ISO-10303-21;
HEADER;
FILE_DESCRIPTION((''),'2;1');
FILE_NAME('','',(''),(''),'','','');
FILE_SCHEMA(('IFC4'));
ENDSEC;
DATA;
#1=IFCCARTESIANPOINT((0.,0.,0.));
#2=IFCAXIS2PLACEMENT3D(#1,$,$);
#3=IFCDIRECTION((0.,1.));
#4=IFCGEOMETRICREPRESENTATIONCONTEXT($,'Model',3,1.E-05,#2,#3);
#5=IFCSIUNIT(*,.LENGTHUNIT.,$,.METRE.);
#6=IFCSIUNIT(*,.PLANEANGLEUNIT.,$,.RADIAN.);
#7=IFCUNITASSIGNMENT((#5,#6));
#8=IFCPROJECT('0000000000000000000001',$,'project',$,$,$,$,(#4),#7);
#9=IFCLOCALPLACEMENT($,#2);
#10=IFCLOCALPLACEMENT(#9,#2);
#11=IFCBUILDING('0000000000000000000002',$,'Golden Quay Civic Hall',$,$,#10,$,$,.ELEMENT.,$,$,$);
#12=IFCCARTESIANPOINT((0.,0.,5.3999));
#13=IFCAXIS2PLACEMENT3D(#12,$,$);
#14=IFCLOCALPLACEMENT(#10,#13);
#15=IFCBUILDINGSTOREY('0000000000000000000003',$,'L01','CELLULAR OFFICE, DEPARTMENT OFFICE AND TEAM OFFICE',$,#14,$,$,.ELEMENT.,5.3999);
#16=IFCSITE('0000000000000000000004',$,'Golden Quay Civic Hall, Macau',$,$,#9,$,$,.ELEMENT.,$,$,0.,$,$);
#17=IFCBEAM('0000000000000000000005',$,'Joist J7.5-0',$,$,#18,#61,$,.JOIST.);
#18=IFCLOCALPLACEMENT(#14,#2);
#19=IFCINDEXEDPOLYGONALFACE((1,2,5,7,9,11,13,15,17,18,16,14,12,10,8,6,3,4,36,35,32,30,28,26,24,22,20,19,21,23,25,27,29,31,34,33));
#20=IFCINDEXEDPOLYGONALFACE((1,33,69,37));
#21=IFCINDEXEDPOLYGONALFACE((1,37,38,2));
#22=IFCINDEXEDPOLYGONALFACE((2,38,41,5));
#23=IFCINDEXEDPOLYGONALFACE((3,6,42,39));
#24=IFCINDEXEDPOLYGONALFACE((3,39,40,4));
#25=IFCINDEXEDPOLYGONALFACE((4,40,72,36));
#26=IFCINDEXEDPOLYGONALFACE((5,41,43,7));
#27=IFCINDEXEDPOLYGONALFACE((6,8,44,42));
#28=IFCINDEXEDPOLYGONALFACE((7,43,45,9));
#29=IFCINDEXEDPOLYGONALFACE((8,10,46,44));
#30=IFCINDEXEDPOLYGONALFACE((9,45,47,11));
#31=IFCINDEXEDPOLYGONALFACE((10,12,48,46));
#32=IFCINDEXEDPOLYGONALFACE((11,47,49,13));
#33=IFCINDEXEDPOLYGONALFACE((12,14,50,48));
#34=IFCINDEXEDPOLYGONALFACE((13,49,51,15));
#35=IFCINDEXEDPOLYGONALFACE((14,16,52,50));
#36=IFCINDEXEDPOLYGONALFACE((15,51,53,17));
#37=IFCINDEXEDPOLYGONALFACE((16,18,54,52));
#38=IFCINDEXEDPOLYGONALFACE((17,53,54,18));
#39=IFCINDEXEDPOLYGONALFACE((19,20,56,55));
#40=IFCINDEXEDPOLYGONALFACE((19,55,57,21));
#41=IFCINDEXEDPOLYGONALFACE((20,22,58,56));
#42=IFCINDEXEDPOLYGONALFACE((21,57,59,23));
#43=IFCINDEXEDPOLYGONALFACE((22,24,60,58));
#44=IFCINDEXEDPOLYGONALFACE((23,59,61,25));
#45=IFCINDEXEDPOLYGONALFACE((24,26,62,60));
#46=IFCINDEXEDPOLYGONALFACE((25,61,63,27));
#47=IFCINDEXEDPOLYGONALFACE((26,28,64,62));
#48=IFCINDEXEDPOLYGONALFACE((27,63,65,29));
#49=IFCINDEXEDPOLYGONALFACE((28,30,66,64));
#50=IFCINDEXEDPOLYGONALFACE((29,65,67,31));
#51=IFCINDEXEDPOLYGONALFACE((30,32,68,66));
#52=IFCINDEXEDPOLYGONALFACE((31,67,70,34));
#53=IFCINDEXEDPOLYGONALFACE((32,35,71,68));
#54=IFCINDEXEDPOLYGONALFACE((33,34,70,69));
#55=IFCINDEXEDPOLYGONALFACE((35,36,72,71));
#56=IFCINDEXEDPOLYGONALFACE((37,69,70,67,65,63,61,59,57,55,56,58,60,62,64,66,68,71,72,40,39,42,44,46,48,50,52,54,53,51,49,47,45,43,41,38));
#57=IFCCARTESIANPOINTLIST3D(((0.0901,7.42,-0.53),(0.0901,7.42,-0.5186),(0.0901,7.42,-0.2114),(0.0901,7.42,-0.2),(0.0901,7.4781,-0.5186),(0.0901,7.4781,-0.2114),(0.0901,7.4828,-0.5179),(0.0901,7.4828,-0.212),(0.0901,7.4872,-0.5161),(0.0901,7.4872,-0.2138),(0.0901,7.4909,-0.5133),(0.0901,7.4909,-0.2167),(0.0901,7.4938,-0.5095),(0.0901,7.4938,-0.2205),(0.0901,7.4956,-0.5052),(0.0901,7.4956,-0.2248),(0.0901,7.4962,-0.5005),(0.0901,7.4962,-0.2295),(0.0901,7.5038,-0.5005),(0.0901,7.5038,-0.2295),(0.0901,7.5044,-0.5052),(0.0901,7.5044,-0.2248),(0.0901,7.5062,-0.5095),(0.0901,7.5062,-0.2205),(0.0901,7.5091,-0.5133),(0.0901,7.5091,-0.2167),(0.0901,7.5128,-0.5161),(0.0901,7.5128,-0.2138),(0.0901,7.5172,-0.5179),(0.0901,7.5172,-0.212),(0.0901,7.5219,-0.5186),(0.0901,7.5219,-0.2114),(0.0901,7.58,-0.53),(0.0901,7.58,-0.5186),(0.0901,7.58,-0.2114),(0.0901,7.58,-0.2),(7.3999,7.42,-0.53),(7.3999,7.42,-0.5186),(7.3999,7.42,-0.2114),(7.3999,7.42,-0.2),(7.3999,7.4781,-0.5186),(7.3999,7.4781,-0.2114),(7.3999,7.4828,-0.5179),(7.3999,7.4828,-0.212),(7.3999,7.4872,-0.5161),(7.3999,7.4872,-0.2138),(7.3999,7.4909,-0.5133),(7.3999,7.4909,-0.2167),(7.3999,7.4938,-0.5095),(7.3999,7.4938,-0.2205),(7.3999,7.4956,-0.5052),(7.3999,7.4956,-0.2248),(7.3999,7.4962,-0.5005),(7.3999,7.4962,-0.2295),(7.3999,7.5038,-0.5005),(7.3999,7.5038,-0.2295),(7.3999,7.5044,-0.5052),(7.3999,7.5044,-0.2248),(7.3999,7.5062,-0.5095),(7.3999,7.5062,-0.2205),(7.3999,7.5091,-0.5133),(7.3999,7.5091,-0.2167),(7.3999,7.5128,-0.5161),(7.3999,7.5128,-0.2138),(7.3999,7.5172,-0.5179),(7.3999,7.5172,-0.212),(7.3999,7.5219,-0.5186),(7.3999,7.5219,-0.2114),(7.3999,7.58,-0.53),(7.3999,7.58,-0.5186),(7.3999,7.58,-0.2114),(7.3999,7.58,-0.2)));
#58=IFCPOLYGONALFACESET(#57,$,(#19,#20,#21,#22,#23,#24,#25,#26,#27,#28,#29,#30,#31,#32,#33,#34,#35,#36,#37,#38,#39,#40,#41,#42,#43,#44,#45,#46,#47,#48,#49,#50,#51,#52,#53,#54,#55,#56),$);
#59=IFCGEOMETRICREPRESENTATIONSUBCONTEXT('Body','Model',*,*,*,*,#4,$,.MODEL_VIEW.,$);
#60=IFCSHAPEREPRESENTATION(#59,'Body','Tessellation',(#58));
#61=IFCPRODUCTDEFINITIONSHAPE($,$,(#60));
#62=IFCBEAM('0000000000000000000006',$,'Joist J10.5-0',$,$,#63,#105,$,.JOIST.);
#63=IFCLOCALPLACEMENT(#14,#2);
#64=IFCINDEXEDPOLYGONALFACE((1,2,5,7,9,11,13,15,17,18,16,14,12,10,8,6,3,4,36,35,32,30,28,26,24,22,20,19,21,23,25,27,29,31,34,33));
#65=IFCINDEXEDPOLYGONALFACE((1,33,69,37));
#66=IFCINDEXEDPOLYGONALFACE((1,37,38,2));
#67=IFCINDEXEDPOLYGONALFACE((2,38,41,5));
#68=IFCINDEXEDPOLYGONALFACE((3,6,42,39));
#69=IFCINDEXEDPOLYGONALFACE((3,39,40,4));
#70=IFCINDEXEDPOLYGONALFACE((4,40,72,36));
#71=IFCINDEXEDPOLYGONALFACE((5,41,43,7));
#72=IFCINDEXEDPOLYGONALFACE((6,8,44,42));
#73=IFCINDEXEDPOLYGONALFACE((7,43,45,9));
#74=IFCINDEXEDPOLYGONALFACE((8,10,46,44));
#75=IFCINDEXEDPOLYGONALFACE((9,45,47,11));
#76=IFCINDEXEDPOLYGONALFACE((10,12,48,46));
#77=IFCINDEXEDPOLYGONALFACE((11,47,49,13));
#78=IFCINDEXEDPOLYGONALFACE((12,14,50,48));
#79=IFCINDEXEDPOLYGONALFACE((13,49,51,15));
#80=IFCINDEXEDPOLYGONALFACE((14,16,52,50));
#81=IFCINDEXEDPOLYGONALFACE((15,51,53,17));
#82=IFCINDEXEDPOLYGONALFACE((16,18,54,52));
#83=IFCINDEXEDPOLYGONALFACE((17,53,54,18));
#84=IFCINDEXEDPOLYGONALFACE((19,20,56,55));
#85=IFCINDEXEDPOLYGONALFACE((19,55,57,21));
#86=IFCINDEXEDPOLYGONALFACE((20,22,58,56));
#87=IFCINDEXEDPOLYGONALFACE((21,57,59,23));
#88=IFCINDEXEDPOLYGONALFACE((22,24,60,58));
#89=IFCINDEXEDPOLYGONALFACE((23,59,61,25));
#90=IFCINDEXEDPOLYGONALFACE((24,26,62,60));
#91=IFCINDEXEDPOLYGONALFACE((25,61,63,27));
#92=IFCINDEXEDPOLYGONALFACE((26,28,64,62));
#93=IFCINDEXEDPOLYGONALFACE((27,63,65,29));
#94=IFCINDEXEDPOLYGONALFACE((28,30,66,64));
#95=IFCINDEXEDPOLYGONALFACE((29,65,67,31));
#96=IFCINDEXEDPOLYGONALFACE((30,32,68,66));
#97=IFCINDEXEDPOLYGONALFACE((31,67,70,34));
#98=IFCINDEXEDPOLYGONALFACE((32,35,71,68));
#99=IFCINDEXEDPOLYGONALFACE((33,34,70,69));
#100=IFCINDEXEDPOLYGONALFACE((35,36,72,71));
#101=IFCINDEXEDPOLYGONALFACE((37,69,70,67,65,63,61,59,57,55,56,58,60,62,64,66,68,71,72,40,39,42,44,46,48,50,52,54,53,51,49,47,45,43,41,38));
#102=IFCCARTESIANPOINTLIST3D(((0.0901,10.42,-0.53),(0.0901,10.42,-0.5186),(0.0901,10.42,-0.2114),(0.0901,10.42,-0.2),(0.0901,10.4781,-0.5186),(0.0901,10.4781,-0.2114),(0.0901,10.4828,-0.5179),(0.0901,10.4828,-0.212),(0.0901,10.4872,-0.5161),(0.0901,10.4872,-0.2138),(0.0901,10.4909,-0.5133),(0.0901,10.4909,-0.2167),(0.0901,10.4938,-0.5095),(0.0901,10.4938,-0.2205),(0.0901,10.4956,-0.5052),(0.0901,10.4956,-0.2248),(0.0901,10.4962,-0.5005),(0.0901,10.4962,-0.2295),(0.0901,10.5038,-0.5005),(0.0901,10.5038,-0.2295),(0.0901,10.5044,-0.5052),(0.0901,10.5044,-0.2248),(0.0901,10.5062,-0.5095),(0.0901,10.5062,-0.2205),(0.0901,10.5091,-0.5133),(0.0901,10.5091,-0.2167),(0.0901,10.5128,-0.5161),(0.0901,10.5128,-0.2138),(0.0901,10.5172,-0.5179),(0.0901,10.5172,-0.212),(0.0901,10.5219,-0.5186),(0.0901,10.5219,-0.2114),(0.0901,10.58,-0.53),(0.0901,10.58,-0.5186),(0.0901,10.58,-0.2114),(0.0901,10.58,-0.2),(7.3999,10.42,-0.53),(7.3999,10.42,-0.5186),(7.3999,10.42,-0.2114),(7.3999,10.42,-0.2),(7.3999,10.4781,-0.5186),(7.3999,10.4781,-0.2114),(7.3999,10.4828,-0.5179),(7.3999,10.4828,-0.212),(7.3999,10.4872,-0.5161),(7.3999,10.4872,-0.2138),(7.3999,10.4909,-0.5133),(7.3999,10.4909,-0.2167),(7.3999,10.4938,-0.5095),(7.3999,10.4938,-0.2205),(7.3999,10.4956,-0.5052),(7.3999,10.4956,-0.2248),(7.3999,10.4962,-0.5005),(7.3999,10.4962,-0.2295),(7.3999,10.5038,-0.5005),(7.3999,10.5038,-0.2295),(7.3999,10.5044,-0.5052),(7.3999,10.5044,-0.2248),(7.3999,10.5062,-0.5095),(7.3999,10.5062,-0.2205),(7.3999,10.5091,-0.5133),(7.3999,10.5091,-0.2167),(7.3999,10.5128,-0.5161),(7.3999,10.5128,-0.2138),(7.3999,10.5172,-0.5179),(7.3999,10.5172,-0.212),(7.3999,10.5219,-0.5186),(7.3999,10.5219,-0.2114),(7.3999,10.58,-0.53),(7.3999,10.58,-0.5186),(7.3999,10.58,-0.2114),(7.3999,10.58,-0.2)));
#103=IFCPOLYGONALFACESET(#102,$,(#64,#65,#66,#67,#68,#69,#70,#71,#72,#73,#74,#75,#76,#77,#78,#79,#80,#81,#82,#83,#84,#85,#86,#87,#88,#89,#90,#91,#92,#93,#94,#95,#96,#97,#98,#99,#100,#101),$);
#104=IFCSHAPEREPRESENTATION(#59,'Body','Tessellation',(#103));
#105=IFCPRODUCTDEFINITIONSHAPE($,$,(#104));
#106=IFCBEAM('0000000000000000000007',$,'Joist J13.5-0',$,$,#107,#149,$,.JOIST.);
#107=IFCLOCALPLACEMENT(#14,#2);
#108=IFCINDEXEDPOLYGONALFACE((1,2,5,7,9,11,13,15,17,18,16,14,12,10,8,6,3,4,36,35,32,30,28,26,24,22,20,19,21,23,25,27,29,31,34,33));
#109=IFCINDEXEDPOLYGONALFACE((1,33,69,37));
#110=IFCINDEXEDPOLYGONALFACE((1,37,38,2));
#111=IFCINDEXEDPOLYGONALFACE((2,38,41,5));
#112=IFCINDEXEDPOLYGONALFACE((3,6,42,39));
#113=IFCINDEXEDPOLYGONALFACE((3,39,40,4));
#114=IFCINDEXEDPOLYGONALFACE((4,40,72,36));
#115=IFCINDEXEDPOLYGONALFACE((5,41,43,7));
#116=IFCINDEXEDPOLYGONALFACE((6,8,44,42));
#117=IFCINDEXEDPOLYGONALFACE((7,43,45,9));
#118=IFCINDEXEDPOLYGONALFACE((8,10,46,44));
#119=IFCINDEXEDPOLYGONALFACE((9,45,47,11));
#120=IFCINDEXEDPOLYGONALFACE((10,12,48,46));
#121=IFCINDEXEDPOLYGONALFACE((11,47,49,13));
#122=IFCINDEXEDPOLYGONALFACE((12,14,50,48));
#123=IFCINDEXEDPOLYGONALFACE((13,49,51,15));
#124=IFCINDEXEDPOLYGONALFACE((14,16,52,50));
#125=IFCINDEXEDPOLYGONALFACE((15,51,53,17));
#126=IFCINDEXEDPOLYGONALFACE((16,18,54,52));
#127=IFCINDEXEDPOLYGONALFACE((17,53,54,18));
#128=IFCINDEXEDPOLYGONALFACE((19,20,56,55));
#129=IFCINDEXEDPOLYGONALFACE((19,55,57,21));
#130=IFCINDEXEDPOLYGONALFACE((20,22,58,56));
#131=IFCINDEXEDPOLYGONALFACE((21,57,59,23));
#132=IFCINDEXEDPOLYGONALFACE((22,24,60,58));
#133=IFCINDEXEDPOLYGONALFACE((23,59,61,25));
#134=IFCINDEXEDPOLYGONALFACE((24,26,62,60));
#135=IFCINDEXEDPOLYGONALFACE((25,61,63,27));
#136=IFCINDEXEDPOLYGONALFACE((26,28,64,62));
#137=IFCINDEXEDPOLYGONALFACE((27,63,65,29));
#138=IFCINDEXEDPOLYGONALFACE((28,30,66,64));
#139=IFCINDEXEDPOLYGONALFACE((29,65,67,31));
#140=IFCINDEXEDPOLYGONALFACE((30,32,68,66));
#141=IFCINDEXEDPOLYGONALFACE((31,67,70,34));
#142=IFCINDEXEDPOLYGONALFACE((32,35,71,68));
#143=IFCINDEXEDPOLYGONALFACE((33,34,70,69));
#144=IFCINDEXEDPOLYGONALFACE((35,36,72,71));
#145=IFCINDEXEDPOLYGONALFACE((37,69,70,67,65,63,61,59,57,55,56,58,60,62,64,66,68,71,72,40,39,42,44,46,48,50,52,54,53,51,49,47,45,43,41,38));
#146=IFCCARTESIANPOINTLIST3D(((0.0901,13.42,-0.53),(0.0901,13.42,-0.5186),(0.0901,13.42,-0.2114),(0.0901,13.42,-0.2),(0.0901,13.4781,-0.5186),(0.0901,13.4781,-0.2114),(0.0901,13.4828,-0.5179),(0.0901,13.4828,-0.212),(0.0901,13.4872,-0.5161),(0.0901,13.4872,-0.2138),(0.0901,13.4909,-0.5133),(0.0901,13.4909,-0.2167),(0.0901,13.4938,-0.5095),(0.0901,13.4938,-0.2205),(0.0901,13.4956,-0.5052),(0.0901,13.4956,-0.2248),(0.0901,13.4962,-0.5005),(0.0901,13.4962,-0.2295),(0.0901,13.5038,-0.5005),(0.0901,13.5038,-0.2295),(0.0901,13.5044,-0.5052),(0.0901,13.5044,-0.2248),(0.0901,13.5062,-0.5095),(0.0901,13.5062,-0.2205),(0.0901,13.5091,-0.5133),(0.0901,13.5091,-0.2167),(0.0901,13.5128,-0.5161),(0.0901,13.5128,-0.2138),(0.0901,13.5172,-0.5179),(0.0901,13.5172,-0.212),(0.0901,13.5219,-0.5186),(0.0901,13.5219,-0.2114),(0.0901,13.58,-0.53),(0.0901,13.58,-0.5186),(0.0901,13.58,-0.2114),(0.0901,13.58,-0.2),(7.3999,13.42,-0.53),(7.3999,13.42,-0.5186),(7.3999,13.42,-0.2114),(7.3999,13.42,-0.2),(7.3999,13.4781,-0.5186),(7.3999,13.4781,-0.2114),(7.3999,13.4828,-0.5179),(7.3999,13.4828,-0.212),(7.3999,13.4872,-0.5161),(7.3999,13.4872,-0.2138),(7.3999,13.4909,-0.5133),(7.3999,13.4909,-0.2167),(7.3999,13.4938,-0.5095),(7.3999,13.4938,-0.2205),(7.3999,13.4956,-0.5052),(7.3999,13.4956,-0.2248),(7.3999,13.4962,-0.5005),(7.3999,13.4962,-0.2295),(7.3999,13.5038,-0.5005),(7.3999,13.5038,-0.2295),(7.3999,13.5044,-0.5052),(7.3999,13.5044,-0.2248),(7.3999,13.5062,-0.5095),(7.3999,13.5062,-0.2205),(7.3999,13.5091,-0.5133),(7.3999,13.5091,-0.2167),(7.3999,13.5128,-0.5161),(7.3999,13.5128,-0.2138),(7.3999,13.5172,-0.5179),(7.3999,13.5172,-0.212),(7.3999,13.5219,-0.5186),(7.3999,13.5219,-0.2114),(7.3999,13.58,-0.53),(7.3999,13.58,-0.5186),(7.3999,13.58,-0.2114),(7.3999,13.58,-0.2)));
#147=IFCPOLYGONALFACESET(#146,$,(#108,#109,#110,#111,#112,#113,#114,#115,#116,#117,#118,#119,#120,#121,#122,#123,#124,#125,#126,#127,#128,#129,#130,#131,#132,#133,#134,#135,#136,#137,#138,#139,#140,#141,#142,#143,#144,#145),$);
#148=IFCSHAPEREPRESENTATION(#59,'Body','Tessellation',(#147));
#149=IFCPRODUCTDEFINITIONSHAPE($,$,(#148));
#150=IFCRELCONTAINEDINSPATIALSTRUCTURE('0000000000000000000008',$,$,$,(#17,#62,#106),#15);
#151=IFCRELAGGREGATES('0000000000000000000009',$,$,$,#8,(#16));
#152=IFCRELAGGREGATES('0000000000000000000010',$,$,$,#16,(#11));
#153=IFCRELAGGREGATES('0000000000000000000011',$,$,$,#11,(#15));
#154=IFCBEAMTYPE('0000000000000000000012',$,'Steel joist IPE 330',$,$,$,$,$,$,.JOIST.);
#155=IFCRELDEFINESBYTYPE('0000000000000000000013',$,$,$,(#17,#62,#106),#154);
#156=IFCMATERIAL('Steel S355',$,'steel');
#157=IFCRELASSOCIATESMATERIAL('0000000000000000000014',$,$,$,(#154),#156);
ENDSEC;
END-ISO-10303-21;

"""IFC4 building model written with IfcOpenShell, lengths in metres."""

from ifc_helpers import new_model, si_unit, direction, frame, origin, origin_2d, place, context, subcontext, project, spatial, i_section, extrude, material, material_profile, profile_set, type_object, element, save


model = new_model("IFC4")

# Units and contexts
model_context = context("Model", 3, precision=1e-05, world=origin(), true_north=direction((0.0, 1.0)))
body_context = subcontext(model_context, "Body", "Model", "MODEL_VIEW")
ifc_project = project(units=[si_unit("LENGTHUNIT", "METRE"), si_unit("PLANEANGLEUNIT", "RADIAN")], contexts=[model_context])

# Site, building, storey
site_placement = place(None, origin())
site = spatial("IfcSite", under=ifc_project, at=site_placement, Name="Golden Quay Civic Hall, Macau", CompositionType="ELEMENT", RefElevation=0.0)
building_placement = place(site_placement, origin())
building = spatial("IfcBuilding", under=site, at=building_placement, Name="Golden Quay Civic Hall", CompositionType="ELEMENT")
storey_placement = place(building_placement, frame((0.0, 0.0, 5.3999)))
storey = spatial("IfcBuildingStorey", under=building, at=storey_placement, Name="L01", Description="CELLULAR OFFICE, DEPARTMENT OFFICE AND TEAM OFFICE", CompositionType="ELEMENT", Elevation=5.3999)

# Beams
ifc_material_1 = material(Name="Steel S355", Category="steel")
ifc_material_profile_1 = material_profile(ifc_material_1, i_section(OverallWidth=0.1599, OverallDepth=0.3301, WebThickness=0.0076, FlangeThickness=0.0115, FilletRadius=0.0181, at=origin_2d()), Name="IPE 330")
ifc_profile_set_1 = profile_set([ifc_material_profile_1], Name="Steel S355")
beam_type_1 = type_object("IfcBeamType", Name="Steel joist IPE 330", PredefinedType="JOIST", material=ifc_profile_set_1)
for number, where, z_axis, x_axis, name in (
    (1, (0.0901, 7.5, -0.365), (1.0, 0.0, 0.0), (0.0, 1.0, 0.0), "Joist J7.5-0"),
    (2, (0.0901, 10.5, -0.365), (1.0, 0.0, 0.0), (0.0, 1.0, 0.0), "Joist J10.5-0"),
    (3, (0.0901, 13.5, -0.365), (1.0, 0.0, 0.0), (0.0, 1.0, 0.0), "Joist J13.5-0"),
):
    element("IfcBeam", number, at=place(storey_placement, frame(where, z_axis=z_axis, x_axis=x_axis)), inside=storey, type_object=beam_type_1, Name=name, PredefinedType="JOIST", context=body_context, shape_type="SweptSolid", body=[
        extrude(i_section(OverallWidth=0.1599, OverallDepth=0.3301, WebThickness=0.0076, FlangeThickness=0.0115, FilletRadius=0.0181, at=origin_2d()), origin(), (0.0, 0.0, 1.0), 7.3098),
    ])

save(model, "model.ifc")
